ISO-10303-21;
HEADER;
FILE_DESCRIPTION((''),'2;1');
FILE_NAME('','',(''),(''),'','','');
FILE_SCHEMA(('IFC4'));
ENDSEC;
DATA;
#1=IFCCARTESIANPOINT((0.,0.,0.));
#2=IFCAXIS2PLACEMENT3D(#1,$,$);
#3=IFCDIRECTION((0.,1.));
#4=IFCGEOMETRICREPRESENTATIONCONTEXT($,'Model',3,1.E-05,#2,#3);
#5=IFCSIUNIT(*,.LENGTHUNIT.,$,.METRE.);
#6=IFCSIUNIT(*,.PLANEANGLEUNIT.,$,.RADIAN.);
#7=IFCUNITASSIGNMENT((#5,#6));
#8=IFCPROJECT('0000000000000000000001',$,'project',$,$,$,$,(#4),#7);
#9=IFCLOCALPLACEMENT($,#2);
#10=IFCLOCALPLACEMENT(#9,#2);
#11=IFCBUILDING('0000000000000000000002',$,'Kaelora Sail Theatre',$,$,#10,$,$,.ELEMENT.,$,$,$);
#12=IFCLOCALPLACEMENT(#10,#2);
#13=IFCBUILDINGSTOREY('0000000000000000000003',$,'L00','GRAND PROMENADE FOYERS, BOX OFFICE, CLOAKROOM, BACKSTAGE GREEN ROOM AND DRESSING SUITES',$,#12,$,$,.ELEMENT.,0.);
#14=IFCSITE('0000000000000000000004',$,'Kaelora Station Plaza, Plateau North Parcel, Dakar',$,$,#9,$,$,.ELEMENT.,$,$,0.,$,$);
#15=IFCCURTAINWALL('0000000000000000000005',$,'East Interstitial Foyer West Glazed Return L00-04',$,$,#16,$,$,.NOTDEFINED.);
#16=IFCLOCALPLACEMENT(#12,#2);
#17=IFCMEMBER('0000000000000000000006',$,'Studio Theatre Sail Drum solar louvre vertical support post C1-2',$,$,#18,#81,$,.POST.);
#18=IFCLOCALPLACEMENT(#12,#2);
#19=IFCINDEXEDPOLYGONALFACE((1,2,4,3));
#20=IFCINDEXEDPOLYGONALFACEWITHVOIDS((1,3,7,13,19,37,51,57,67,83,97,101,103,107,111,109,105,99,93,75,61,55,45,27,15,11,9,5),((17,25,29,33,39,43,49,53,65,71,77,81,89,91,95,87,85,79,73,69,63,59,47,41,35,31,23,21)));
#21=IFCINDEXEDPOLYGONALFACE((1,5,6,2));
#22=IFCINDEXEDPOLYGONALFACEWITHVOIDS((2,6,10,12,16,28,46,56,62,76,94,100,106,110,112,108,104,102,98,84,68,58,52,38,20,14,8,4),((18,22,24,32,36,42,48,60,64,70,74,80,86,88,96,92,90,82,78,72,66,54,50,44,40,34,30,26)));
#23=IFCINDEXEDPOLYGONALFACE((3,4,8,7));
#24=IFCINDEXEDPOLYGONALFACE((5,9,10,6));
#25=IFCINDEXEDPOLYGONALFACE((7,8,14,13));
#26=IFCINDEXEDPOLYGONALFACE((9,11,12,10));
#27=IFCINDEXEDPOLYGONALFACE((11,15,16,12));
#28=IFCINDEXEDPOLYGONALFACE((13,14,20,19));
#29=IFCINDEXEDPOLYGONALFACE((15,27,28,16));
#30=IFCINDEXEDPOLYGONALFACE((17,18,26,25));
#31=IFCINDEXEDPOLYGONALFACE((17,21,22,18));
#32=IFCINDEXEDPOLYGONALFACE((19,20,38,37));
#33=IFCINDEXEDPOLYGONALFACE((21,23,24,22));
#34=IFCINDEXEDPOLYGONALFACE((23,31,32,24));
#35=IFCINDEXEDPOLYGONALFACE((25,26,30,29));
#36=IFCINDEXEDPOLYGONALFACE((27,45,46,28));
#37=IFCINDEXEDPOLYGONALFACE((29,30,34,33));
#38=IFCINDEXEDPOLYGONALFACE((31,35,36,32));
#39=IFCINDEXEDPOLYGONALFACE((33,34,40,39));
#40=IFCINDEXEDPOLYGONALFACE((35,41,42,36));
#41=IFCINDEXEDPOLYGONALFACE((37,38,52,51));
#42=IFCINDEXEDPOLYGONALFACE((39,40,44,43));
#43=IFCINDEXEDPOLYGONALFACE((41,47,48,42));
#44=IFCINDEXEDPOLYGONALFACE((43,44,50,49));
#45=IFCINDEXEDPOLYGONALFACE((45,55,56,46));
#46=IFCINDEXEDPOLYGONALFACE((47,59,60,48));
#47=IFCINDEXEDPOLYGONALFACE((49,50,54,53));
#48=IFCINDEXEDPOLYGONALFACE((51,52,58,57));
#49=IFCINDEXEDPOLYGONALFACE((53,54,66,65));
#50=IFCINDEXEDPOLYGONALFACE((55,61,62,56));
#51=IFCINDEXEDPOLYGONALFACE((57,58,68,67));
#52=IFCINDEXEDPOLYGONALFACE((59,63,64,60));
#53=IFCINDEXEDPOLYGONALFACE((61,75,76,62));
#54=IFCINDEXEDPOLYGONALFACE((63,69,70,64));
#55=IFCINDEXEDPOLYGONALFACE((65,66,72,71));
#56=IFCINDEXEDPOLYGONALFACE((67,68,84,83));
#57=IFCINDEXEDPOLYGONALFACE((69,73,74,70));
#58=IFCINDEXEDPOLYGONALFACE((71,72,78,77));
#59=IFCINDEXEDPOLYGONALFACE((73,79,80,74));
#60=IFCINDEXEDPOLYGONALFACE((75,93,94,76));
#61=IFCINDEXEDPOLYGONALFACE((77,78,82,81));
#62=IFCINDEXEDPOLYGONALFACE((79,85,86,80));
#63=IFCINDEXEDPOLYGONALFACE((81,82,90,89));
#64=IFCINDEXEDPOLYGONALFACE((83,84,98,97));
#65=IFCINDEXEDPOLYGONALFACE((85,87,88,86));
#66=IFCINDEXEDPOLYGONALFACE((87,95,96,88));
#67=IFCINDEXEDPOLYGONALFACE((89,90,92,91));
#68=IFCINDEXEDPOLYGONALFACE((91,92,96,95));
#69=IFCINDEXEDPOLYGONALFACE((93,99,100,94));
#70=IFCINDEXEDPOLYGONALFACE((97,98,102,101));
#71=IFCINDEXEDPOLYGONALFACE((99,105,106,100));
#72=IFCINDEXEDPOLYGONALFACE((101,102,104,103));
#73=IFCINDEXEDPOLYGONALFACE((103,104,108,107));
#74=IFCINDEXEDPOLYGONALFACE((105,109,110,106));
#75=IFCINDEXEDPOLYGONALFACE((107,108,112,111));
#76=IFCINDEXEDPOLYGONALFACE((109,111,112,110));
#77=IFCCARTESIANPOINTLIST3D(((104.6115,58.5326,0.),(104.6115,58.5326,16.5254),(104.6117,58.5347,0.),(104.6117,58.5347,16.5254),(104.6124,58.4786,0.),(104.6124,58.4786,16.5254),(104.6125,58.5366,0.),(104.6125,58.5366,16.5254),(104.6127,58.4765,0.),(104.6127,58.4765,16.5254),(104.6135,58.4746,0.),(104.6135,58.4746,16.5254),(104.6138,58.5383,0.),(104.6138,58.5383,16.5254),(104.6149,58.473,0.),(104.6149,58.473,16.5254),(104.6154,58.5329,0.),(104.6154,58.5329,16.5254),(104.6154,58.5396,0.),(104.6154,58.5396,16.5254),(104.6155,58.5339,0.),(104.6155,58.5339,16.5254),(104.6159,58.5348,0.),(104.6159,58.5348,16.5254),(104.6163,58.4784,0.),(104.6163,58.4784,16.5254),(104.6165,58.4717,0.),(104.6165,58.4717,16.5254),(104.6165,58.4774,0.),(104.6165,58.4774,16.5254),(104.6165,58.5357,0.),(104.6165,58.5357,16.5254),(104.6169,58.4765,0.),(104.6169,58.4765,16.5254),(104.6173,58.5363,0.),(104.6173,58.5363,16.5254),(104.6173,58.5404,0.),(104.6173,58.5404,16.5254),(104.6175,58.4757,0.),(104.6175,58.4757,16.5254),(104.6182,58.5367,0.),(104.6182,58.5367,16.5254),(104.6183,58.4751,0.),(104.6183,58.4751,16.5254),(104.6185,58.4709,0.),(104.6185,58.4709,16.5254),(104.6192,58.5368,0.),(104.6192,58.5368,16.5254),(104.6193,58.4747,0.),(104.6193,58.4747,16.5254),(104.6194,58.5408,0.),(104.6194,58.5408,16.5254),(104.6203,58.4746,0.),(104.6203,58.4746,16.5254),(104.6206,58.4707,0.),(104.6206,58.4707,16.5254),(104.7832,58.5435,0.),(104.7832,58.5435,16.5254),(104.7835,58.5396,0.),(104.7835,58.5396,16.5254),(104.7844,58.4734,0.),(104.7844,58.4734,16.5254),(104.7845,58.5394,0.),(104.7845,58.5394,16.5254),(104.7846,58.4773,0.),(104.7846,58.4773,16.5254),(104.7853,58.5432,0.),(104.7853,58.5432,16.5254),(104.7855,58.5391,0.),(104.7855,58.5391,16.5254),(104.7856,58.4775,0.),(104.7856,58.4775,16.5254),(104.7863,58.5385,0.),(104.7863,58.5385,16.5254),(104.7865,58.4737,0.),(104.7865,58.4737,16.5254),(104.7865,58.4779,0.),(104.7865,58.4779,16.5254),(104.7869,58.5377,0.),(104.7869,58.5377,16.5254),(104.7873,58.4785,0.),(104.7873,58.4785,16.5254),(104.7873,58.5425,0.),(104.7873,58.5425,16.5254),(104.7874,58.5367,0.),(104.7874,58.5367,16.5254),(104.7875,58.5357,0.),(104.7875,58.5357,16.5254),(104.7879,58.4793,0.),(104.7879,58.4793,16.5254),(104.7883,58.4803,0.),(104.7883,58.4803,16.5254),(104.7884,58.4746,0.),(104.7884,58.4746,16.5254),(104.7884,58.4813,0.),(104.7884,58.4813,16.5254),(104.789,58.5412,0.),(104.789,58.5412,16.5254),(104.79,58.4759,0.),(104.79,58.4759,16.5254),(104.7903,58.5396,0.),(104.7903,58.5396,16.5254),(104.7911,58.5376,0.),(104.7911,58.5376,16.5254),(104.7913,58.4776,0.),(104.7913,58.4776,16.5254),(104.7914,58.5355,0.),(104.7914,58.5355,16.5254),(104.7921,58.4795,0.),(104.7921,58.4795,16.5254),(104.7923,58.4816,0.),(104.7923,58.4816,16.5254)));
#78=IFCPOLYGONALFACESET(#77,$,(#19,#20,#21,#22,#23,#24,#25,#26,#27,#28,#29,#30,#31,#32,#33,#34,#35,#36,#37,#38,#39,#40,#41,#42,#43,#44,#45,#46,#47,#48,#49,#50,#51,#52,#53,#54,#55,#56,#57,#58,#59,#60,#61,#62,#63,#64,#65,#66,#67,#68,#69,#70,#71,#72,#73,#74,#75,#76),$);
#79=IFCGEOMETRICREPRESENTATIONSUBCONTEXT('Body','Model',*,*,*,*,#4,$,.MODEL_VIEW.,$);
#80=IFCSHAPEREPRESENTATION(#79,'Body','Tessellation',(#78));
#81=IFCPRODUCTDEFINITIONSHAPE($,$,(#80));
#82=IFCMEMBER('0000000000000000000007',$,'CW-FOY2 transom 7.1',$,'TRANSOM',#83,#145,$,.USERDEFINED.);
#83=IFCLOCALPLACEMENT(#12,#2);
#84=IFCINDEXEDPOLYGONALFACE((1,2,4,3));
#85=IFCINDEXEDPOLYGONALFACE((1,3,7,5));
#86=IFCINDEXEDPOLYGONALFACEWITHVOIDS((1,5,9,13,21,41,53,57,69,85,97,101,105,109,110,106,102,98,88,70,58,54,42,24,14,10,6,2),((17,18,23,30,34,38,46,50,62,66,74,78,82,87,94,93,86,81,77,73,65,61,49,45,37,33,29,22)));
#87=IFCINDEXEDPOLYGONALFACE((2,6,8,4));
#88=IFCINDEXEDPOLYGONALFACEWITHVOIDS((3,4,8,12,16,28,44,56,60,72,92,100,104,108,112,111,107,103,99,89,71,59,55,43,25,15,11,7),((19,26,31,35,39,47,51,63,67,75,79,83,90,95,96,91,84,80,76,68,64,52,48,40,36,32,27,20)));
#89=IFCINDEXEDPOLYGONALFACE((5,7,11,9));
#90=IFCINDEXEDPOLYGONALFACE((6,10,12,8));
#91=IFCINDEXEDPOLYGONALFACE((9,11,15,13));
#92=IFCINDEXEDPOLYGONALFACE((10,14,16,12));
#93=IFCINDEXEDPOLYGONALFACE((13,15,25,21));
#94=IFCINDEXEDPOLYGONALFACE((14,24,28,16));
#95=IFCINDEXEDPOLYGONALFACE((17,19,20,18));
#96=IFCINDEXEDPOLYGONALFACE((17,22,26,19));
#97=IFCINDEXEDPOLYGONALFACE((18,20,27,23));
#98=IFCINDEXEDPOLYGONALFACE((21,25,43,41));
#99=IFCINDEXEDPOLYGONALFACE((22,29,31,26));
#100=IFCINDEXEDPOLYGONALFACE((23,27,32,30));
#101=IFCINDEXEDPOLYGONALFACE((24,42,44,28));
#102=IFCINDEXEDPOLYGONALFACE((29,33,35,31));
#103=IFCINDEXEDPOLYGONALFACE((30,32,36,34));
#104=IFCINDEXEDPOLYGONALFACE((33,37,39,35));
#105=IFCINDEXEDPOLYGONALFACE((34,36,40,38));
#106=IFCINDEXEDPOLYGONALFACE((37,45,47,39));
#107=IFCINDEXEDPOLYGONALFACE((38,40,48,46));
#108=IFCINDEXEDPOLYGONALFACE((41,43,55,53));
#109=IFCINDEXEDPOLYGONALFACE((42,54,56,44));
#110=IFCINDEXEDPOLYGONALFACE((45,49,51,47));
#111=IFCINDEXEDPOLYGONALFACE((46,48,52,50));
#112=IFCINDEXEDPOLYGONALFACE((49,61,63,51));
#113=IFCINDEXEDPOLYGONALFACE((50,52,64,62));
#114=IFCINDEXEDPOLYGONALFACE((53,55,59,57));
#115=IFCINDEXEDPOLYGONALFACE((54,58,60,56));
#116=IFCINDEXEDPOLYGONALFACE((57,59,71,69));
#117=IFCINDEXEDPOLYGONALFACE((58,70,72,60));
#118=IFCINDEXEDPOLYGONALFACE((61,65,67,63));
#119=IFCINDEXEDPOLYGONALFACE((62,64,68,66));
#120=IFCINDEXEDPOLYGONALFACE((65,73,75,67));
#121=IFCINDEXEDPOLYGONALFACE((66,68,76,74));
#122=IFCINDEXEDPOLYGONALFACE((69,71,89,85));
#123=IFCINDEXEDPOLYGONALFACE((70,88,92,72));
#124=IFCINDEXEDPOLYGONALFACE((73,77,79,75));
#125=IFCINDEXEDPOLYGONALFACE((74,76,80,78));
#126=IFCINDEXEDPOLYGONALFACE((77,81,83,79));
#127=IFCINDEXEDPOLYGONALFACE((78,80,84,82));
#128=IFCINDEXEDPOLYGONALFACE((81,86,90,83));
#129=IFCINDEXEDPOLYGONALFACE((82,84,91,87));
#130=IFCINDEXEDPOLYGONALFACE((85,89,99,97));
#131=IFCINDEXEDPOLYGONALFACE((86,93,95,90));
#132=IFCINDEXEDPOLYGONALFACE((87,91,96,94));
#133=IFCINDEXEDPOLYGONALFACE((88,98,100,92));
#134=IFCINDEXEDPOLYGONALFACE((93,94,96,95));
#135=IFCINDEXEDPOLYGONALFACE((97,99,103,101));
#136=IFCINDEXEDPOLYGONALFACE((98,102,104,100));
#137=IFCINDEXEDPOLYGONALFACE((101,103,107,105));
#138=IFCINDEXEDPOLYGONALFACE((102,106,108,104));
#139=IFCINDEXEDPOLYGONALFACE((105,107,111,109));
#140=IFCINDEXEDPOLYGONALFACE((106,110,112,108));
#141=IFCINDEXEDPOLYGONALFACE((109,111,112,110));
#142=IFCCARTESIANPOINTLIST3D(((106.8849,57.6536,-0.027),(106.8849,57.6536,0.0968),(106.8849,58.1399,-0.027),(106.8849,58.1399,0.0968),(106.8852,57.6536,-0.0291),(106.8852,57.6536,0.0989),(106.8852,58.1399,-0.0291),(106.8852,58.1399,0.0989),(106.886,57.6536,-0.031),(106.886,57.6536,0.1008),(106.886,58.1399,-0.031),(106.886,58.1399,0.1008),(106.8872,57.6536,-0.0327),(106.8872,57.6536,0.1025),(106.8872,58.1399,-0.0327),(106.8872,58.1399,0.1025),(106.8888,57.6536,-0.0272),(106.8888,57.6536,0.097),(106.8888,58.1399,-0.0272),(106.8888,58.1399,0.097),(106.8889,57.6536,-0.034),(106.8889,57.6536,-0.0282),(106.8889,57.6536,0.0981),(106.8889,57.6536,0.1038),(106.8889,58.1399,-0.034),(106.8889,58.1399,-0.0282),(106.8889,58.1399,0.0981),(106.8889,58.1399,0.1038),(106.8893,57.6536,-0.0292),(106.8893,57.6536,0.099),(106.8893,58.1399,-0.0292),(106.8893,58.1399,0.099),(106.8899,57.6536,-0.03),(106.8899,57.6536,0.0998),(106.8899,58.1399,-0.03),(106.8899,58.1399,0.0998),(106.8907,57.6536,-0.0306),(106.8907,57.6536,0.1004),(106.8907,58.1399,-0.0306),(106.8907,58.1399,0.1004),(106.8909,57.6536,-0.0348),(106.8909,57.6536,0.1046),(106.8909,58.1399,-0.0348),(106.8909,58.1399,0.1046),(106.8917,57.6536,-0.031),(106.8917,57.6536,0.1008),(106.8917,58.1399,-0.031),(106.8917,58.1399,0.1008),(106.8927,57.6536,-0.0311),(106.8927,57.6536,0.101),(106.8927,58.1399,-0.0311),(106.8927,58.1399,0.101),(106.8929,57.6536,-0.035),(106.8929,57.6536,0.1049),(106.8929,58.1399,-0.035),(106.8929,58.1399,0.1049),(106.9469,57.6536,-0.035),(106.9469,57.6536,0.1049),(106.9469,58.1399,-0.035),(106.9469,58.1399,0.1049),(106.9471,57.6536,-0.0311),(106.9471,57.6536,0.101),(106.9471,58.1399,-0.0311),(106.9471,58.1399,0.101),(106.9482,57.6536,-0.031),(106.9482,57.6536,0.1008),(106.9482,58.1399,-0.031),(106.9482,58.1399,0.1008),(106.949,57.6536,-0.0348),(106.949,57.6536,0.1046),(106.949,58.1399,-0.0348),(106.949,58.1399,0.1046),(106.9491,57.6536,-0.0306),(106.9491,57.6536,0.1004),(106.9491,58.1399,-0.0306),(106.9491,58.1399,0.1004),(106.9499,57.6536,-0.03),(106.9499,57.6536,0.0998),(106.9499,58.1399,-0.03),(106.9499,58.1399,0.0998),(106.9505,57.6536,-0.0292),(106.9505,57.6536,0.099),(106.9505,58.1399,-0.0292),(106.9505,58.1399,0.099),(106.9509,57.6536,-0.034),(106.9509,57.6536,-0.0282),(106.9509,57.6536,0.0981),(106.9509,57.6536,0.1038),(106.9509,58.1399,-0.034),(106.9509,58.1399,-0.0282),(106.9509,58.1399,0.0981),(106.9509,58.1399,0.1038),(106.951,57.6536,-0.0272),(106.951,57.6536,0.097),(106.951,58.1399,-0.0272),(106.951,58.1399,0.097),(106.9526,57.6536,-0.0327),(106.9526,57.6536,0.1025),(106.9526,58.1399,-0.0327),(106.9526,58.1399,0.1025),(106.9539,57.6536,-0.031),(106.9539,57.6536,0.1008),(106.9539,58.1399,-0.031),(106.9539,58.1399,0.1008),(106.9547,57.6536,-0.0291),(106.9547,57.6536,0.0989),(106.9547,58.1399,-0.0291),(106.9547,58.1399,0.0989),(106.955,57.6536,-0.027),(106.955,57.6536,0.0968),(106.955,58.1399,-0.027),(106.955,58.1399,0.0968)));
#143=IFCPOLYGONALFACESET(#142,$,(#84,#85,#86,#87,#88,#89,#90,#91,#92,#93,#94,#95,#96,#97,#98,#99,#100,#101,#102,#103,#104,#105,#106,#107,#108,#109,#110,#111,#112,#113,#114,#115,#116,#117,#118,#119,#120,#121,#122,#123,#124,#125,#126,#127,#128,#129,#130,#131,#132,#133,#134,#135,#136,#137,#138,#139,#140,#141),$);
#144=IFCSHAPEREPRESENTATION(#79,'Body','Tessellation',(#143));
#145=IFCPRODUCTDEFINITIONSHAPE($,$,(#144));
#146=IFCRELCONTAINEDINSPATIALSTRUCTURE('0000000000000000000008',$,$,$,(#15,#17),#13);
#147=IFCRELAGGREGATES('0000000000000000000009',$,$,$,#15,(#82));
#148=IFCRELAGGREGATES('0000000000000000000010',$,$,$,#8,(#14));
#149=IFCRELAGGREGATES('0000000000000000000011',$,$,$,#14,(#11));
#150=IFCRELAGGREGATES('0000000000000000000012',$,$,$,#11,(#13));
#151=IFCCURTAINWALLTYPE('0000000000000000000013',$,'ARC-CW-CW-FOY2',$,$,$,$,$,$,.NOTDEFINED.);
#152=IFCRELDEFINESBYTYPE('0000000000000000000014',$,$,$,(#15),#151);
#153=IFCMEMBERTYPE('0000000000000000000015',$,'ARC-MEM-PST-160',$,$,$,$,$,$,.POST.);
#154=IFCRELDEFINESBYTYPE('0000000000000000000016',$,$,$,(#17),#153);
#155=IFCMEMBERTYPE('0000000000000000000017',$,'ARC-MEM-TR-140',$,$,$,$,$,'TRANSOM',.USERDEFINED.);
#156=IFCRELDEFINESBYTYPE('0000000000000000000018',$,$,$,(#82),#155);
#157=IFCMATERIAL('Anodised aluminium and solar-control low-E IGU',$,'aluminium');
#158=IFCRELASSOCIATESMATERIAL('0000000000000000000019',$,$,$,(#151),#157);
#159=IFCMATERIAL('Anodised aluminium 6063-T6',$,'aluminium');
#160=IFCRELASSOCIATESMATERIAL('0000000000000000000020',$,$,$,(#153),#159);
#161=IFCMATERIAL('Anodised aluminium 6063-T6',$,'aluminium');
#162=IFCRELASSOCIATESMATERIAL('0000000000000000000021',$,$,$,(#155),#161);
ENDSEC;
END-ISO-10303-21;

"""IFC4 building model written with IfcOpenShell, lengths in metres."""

from ifc_helpers import new_model, si_unit, direction, frame, origin, origin_2d, place, context, subcontext, project, spatial, hollow_rectangle, extrude, material, material_profile, profile_set, type_object, element, aggregate, save


model = new_model("IFC4")

# Units and contexts
model_context = context("Model", 3, precision=1e-05, world=origin(), true_north=direction((0.0, 1.0)))
body_context = subcontext(model_context, "Body", "Model", "MODEL_VIEW")
ifc_project = project(units=[si_unit("LENGTHUNIT", "METRE"), si_unit("PLANEANGLEUNIT", "RADIAN")], contexts=[model_context])

# Site, building, storey
site_placement = place(None, origin())
site = spatial("IfcSite", under=ifc_project, at=site_placement, Name="Kaelora Station Plaza, Plateau North Parcel, Dakar", CompositionType="ELEMENT", RefElevation=0.0)
building_placement = place(site_placement, origin())
building = spatial("IfcBuilding", under=site, at=building_placement, Name="Kaelora Sail Theatre", CompositionType="ELEMENT")
storey_placement = place(building_placement, origin())
storey = spatial("IfcBuildingStorey", under=building, at=storey_placement, Name="L00", Description="GRAND PROMENADE FOYERS, BOX OFFICE, CLOAKROOM, BACKSTAGE GREEN ROOM AND DRESSING SUITES", CompositionType="ELEMENT", Elevation=0.0)

# Curtain wall
ifc_material_1 = material(Name="Anodised aluminium and solar-control low-E IGU", Category="aluminium")
curtain_wall_type = type_object("IfcCurtainWallType", Name="ARC-CW-CW-FOY2", PredefinedType="NOTDEFINED", material=ifc_material_1)
curtain_wall_placement = place(storey_placement, origin())
curtain_wall = element("IfcCurtainWall", 1, at=curtain_wall_placement, inside=storey, type_object=curtain_wall_type, Name="East Interstitial Foyer West Glazed Return L00-04", PredefinedType="NOTDEFINED")

# Member
ifc_material_2 = material(Name="Anodised aluminium 6063-T6", Category="aluminium")
ifc_material_profile_1 = material_profile(ifc_material_2, hollow_rectangle(XDim=0.0701, YDim=0.1799, WallThickness=0.0039, InnerFilletRadius=0.0039, OuterFilletRadius=0.0081, at=origin_2d()), Name="ALU-MULL 70x180x4")
ifc_profile_set_1 = profile_set([ifc_material_profile_1], Name="Anodised aluminium 6063-T6")
member_type_1 = type_object("IfcMemberType", Name="ARC-MEM-PST-160", PredefinedType="POST", material=ifc_profile_set_1)
for number, where, z_axis, x_axis, name in (
    (2, (104.7019, 58.5071, 0.0), (0.0, 0.0, 1.0), (0.01658, -0.999863, 0.0), "Studio Theatre Sail Drum solar louvre vertical support post C1-2"),
):
    element("IfcMember", number, at=place(storey_placement, frame(where, z_axis=z_axis, x_axis=x_axis)), inside=storey, type_object=member_type_1, Name=name, PredefinedType="POST", context=body_context, shape_type="SweptSolid", body=[
        extrude(hollow_rectangle(XDim=0.0701, YDim=0.1799, WallThickness=0.0039, InnerFilletRadius=0.0039, OuterFilletRadius=0.0081, at=origin_2d()), origin(), (0.0, 0.0, 1.0), 16.5254),
    ])

# Member
ifc_material_3 = material(Name="Anodised aluminium 6063-T6", Category="aluminium")
ifc_material_profile_2 = material_profile(ifc_material_3, hollow_rectangle(XDim=0.0701, YDim=0.1399, WallThickness=0.0039, InnerFilletRadius=0.0039, OuterFilletRadius=0.0081, at=origin_2d()), Name="ALU-TRAN 70x140x4")
ifc_profile_set_2 = profile_set([ifc_material_profile_2], Name="Anodised aluminium 6063-T6")
member_type_2 = type_object("IfcMemberType", Name="ARC-MEM-TR-140", ElementType="TRANSOM", PredefinedType="USERDEFINED", material=ifc_profile_set_2)
member_1_placement = place(storey_placement, frame((106.9199, 57.6536, 0.0349), z_axis=(0.0, 1.0, 0.0), x_axis=(-1.0, 0.0, 0.0)))
member_1 = element("IfcMember", 3, at=member_1_placement, type_object=member_type_2, Name="CW-FOY2 transom 7.1", ObjectType="TRANSOM", PredefinedType="USERDEFINED", context=body_context, shape_type="SweptSolid", body=[
    extrude(hollow_rectangle(XDim=0.0701, YDim=0.1399, WallThickness=0.0039, InnerFilletRadius=0.0039, OuterFilletRadius=0.0081, at=origin_2d()), origin(), (0.0, 0.0, 1.0), 0.4863),
])

aggregate(curtain_wall, [member_1])

save(model, "model.ifc")
